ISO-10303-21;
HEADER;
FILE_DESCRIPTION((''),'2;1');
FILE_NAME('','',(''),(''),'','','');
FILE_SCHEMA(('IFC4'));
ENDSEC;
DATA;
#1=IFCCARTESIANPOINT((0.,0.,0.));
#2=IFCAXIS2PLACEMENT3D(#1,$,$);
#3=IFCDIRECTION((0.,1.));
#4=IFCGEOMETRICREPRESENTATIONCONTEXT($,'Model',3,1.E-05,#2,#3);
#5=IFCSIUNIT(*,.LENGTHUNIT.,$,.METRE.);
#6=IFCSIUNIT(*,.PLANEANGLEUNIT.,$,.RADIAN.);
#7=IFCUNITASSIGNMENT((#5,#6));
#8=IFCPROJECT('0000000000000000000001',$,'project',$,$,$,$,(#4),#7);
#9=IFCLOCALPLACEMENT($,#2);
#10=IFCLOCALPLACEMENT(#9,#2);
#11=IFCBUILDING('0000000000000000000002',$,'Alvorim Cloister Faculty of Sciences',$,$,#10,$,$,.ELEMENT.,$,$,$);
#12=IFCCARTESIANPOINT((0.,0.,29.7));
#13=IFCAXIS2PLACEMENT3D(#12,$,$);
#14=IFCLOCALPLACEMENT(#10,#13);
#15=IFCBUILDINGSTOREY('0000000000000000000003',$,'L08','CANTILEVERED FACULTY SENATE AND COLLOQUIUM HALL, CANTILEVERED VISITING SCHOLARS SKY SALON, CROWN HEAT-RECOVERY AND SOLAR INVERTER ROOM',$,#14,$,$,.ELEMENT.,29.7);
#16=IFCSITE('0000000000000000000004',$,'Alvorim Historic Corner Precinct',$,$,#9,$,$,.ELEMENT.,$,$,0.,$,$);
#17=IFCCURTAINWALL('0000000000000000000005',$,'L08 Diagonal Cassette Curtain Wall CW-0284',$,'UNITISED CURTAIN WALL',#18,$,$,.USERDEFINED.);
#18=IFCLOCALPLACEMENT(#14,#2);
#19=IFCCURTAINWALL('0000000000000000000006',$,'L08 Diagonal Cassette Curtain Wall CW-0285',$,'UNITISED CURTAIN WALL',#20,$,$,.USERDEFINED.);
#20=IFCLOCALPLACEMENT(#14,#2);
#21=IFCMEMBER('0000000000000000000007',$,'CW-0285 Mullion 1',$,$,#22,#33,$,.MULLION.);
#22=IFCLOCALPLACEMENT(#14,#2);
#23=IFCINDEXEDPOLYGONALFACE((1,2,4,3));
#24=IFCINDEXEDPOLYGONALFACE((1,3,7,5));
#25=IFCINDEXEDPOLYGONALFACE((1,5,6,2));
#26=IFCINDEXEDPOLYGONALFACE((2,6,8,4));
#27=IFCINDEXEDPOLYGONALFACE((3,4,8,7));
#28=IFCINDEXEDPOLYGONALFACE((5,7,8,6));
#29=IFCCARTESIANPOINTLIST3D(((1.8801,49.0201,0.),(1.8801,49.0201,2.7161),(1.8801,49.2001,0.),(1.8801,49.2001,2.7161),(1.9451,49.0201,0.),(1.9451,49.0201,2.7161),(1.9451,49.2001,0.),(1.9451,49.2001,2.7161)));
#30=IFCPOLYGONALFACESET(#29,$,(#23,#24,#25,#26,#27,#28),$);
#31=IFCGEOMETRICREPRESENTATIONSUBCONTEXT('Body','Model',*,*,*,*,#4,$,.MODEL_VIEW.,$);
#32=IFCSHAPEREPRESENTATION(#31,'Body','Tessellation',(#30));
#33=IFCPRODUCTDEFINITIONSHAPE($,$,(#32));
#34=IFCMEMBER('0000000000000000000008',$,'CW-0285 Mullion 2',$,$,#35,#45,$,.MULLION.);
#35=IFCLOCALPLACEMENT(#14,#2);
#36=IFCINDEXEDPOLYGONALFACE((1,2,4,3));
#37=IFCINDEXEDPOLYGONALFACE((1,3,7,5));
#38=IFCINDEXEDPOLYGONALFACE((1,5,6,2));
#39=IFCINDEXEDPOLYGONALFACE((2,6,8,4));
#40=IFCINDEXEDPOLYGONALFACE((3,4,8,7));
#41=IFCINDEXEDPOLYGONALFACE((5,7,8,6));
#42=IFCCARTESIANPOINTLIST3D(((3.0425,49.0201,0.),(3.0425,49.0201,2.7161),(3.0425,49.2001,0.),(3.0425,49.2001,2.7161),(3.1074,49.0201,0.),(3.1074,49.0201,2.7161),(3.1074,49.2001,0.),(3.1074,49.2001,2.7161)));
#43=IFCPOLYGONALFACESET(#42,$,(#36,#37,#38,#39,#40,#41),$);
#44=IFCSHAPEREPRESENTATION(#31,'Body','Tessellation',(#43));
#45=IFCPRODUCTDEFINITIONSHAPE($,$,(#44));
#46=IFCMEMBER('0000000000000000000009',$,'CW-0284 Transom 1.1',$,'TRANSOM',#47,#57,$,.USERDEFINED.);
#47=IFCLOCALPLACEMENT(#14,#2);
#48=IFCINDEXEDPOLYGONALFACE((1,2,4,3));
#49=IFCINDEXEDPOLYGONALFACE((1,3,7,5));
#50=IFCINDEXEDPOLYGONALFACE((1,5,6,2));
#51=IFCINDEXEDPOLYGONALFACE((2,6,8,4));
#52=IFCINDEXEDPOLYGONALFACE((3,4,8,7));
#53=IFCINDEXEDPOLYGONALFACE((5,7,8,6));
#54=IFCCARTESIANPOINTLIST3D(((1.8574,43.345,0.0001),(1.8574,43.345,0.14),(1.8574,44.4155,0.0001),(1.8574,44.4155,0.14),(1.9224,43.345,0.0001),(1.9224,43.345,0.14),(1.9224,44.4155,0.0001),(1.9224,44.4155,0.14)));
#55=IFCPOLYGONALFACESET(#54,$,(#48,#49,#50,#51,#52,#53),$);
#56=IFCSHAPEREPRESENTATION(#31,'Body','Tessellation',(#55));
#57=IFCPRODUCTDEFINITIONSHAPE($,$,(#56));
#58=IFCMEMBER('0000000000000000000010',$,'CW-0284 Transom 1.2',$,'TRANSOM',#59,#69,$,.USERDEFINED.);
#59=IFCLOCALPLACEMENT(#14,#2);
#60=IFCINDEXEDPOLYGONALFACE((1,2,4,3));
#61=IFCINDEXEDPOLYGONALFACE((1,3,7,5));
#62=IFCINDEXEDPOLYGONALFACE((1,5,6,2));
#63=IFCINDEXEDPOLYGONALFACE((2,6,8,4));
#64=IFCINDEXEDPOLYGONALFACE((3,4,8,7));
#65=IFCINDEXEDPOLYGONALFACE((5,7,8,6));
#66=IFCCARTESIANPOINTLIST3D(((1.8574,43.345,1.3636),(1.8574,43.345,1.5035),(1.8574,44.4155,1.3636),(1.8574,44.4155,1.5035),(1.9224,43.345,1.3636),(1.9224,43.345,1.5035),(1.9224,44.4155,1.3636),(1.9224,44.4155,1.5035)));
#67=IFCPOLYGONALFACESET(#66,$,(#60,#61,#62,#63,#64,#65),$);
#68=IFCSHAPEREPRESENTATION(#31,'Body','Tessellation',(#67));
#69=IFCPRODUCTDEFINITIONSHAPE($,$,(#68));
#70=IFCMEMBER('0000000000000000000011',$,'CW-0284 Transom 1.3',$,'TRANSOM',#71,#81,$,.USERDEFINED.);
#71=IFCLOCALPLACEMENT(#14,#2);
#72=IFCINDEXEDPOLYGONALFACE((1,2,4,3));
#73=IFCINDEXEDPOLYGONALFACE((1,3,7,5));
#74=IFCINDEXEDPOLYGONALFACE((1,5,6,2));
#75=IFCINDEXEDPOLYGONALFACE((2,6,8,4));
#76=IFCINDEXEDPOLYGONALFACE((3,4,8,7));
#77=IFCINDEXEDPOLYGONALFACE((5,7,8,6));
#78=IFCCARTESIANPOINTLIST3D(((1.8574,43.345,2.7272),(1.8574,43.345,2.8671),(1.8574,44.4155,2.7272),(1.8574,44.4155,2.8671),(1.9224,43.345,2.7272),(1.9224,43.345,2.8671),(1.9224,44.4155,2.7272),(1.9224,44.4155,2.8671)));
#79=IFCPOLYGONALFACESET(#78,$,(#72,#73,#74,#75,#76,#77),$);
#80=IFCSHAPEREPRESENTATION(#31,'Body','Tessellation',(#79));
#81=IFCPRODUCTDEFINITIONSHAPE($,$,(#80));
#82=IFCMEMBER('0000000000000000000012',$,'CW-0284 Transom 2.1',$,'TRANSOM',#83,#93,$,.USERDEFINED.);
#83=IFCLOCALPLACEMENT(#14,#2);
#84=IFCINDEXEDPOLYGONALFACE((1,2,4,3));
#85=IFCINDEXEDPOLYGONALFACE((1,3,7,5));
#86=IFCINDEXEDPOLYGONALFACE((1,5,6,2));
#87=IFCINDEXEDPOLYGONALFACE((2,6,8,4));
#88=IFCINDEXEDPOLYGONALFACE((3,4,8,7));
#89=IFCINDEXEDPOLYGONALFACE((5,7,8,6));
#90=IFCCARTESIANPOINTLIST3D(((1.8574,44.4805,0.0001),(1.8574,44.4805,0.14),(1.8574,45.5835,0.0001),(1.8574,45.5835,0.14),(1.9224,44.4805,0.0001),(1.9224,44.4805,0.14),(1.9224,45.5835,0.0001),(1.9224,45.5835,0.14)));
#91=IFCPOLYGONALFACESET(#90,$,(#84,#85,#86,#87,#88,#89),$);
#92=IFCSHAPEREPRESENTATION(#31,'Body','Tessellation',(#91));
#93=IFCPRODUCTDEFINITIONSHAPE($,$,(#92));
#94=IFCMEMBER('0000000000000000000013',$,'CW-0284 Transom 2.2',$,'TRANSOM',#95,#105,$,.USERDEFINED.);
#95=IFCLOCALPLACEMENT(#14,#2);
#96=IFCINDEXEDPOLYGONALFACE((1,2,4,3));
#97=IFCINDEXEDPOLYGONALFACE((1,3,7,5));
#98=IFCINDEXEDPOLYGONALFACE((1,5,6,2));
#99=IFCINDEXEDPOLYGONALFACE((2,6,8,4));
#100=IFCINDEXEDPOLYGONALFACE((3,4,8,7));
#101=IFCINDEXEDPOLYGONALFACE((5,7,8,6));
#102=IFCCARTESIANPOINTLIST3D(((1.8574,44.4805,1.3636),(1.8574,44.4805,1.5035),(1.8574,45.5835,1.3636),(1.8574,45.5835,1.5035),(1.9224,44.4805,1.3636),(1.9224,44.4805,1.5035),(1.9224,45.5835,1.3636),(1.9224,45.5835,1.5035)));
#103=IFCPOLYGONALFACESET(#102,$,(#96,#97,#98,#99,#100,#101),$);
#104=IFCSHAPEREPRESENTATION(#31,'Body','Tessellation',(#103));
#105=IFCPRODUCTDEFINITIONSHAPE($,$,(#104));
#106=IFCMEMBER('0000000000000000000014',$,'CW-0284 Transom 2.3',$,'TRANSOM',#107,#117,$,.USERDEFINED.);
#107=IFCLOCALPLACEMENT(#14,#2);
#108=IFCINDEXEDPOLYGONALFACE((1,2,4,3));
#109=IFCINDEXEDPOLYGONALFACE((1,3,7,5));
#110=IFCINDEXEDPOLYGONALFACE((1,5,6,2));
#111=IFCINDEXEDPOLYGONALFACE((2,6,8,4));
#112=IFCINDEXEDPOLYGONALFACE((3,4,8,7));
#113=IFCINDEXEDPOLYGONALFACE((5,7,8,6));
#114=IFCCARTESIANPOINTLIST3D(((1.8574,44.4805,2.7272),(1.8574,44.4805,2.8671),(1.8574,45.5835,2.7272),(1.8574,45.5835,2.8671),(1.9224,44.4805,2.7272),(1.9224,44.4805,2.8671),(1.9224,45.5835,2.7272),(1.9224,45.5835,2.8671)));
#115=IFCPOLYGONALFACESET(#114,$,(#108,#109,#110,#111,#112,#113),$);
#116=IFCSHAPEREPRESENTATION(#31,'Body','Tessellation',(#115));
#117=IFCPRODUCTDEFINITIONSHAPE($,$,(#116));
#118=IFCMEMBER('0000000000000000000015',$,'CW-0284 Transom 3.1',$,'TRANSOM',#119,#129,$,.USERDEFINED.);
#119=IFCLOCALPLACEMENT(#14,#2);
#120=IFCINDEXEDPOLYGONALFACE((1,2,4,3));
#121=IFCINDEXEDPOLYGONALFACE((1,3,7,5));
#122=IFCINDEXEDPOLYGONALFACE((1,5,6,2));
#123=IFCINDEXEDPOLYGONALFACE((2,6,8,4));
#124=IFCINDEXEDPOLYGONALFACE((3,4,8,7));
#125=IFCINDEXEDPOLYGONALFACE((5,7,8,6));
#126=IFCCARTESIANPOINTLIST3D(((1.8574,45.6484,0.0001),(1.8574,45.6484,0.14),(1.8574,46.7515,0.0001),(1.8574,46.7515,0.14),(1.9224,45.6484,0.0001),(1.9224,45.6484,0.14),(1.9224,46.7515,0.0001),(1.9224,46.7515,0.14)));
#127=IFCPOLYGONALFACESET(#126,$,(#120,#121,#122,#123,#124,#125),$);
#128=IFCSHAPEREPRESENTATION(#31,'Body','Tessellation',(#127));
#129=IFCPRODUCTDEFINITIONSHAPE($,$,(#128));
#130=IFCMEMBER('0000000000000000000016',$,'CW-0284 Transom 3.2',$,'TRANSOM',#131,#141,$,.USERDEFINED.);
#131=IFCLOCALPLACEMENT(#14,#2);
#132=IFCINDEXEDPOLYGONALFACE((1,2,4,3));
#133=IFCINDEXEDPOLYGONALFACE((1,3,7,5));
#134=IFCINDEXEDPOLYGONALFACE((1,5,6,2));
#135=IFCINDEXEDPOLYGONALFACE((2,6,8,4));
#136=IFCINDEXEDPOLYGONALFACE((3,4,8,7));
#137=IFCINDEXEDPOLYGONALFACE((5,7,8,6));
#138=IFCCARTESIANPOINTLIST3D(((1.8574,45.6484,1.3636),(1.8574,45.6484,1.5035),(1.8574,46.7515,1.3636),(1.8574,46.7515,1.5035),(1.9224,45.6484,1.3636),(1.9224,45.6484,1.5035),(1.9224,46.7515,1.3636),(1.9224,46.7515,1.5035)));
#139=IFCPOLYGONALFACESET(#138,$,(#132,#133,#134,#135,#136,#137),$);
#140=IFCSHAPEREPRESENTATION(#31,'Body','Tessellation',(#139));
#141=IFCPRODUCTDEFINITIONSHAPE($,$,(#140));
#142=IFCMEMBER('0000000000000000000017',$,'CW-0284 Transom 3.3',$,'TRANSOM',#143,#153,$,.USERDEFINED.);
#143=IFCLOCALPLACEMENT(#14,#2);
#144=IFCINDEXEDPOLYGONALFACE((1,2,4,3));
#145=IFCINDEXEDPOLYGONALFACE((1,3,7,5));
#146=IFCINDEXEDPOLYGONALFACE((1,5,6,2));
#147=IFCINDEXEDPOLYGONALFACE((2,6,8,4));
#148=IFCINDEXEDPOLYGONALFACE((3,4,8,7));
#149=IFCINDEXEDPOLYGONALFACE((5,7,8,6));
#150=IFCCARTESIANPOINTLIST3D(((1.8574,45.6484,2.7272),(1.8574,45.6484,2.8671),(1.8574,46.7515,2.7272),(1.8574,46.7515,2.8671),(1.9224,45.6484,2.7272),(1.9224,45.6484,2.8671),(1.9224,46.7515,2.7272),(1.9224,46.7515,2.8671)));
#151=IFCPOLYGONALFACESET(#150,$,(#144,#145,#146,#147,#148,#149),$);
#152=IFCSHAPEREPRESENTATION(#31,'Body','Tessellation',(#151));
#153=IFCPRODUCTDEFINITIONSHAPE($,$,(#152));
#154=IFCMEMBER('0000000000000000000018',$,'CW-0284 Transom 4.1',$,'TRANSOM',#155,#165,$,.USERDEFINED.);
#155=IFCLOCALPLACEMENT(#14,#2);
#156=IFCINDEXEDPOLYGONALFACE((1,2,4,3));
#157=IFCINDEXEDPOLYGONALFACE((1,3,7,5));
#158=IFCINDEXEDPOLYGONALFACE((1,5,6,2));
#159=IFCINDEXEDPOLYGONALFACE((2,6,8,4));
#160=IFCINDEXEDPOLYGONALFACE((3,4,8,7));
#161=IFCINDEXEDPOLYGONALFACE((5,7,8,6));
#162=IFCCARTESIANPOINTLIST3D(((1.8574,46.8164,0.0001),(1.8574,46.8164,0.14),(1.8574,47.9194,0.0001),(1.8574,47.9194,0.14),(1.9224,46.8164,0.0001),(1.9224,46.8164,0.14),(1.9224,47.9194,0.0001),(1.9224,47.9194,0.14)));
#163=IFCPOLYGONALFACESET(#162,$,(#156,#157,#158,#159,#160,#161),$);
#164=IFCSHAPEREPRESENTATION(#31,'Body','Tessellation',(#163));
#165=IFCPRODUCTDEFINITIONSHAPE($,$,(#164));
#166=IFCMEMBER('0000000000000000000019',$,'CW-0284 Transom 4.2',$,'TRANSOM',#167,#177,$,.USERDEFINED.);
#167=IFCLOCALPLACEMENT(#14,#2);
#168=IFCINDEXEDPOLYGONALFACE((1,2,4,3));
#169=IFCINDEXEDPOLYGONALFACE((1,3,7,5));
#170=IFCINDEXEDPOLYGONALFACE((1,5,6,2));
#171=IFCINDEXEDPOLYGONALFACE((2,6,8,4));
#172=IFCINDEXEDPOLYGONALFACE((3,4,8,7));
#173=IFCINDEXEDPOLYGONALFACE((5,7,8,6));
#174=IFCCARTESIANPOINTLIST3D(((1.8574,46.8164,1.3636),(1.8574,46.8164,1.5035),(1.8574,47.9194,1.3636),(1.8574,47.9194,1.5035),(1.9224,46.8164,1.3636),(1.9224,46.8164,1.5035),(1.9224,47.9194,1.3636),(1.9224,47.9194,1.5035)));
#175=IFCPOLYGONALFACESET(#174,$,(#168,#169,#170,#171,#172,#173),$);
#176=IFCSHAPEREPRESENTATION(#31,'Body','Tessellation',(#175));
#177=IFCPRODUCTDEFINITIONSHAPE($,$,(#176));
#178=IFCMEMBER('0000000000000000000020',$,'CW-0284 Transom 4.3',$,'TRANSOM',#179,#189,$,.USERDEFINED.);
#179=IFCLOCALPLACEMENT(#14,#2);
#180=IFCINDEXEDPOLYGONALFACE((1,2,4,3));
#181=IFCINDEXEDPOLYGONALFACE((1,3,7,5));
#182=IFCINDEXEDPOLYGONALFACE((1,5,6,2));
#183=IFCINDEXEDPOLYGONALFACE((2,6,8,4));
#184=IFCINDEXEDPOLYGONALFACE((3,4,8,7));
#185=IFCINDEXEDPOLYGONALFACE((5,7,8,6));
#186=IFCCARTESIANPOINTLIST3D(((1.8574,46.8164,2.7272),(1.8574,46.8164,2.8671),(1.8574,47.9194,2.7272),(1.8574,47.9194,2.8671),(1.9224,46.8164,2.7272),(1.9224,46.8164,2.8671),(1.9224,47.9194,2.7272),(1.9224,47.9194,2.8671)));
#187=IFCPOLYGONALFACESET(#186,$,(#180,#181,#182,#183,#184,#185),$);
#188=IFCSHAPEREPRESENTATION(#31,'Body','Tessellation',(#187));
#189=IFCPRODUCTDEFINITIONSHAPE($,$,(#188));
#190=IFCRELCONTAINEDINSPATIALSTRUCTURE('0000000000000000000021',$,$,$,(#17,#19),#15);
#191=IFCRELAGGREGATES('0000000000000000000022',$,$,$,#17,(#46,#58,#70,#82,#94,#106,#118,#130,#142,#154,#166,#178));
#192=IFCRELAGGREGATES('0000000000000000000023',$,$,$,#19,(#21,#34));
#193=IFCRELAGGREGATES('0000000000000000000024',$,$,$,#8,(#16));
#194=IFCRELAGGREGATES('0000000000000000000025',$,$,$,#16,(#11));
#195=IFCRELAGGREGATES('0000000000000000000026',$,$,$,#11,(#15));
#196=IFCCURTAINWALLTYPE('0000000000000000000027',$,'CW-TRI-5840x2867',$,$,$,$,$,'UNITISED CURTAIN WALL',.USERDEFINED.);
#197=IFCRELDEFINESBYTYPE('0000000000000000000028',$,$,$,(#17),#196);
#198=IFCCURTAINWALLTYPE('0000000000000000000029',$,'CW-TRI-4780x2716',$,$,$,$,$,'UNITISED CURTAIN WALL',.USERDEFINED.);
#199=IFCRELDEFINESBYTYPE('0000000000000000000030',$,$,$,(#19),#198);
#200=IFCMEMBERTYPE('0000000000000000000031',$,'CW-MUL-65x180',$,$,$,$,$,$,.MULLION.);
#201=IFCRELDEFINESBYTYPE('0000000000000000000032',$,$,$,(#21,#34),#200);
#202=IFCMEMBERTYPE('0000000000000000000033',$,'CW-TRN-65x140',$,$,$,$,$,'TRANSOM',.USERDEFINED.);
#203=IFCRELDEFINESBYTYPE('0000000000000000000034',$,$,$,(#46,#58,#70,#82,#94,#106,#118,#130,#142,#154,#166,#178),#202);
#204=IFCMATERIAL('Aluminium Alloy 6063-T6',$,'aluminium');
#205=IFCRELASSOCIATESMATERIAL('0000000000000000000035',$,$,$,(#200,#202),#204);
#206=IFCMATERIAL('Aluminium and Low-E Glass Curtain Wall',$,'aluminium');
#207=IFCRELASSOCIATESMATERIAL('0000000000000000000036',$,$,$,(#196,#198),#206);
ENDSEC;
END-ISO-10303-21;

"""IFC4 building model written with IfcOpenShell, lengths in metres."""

from ifc_helpers import new_model, si_unit, direction, frame, origin, origin_2d, place, context, subcontext, project, spatial, rectangle, extrude, material, material_profile, profile_set, type_object, element, aggregate, save


model = new_model("IFC4")

# Units and contexts
model_context = context("Model", 3, precision=1e-05, world=origin(), true_north=direction((0.0, 1.0)))
body_context = subcontext(model_context, "Body", "Model", "MODEL_VIEW")
ifc_project = project(units=[si_unit("LENGTHUNIT", "METRE"), si_unit("PLANEANGLEUNIT", "RADIAN")], contexts=[model_context])

# Site, building, storey
site_placement = place(None, origin())
site = spatial("IfcSite", under=ifc_project, at=site_placement, Name="Alvorim Historic Corner Precinct", CompositionType="ELEMENT", RefElevation=0.0)
building_placement = place(site_placement, origin())
building = spatial("IfcBuilding", under=site, at=building_placement, Name="Alvorim Cloister Faculty of Sciences", CompositionType="ELEMENT")
storey_placement = place(building_placement, frame((0.0, 0.0, 29.7)))
storey = spatial("IfcBuildingStorey", under=building, at=storey_placement, Name="L08", Description="CANTILEVERED FACULTY SENATE AND COLLOQUIUM HALL, CANTILEVERED VISITING SCHOLARS SKY SALON, CROWN HEAT-RECOVERY AND SOLAR INVERTER ROOM", CompositionType="ELEMENT", Elevation=29.7)

# Shared definitions
ifc_material_1 = material(Name="Aluminium and Low-E Glass Curtain Wall", Category="aluminium")
ifc_material_2 = material(Name="Aluminium Alloy 6063-T6", Category="aluminium")
ifc_material_profile_1 = material_profile(ifc_material_2, rectangle(XDim=0.0649, YDim=0.1799, at=origin_2d()), Name="ALU-MUL-65x180")
ifc_profile_set_1 = profile_set([ifc_material_profile_1], Name="Aluminium Alloy 6063-T6")
member_type_1 = type_object("IfcMemberType", Name="CW-MUL-65x180", PredefinedType="MULLION", material=ifc_profile_set_1)

# Curtain walls, members
curtain_wall_type_1 = type_object("IfcCurtainWallType", Name="CW-TRI-5840x2867", ElementType="UNITISED CURTAIN WALL", PredefinedType="USERDEFINED", material=ifc_material_1)
curtain_wall_1_placement = place(storey_placement, origin())
curtain_wall_1 = element("IfcCurtainWall", 1, at=curtain_wall_1_placement, inside=storey, type_object=curtain_wall_type_1, Name="L08 Diagonal Cassette Curtain Wall CW-0284", ObjectType="UNITISED CURTAIN WALL", PredefinedType="USERDEFINED")
curtain_wall_type_2 = type_object("IfcCurtainWallType", Name="CW-TRI-4780x2716", ElementType="UNITISED CURTAIN WALL", PredefinedType="USERDEFINED", material=ifc_material_1)
curtain_wall_2_placement = place(storey_placement, origin())
curtain_wall_2 = element("IfcCurtainWall", 2, at=curtain_wall_2_placement, inside=storey, type_object=curtain_wall_type_2, Name="L08 Diagonal Cassette Curtain Wall CW-0285", ObjectType="UNITISED CURTAIN WALL", PredefinedType="USERDEFINED")
member_1_placement = place(storey_placement, frame((1.9126, 49.1101, 0.0), z_axis=(0.0, 0.0, 1.0), x_axis=(1.0, 0.0, 0.0)))
member_1 = element("IfcMember", 3, at=member_1_placement, type_object=member_type_1, Name="CW-0285 Mullion 1", PredefinedType="MULLION", context=body_context, shape_type="SweptSolid", body=[
    extrude(rectangle(XDim=0.0649, YDim=0.1799, at=origin_2d()), origin(), (0.0, 0.0, 1.0), 2.7161),
])
member_2_placement = place(storey_placement, frame((3.075, 49.1101, 0.0), z_axis=(0.0, 0.0, 1.0), x_axis=(1.0, 0.0, 0.0)))
member_2 = element("IfcMember", 4, at=member_2_placement, type_object=member_type_1, Name="CW-0285 Mullion 2", PredefinedType="MULLION", context=body_context, shape_type="SweptSolid", body=[
    extrude(rectangle(XDim=0.0649, YDim=0.1799, at=origin_2d()), origin(), (0.0, 0.0, 1.0), 2.7161),
])

# Members
ifc_material_profile_2 = material_profile(ifc_material_2, rectangle(XDim=0.0649, YDim=0.1399, at=origin_2d()), Name="ALU-TRN-65x140")
ifc_profile_set_2 = profile_set([ifc_material_profile_2], Name="Aluminium Alloy 6063-T6")
member_type_2 = type_object("IfcMemberType", Name="CW-TRN-65x140", ElementType="TRANSOM", PredefinedType="USERDEFINED", material=ifc_profile_set_2)
member_3_placement = place(storey_placement, frame((1.8899, 43.345, 0.0701), z_axis=(0.0, 1.0, 0.0), x_axis=(-1.0, 0.0, 0.0)))
member_3 = element("IfcMember", 5, at=member_3_placement, type_object=member_type_2, Name="CW-0284 Transom 1.1", ObjectType="TRANSOM", PredefinedType="USERDEFINED", context=body_context, shape_type="SweptSolid", body=[
    extrude(rectangle(XDim=0.0649, YDim=0.1399, at=origin_2d()), origin(), (0.0, 0.0, 1.0), 1.0706),
])
member_4_placement = place(storey_placement, frame((1.8899, 43.345, 1.4336), z_axis=(0.0, 1.0, 0.0), x_axis=(-1.0, 0.0, 0.0)))
member_4 = element("IfcMember", 6, at=member_4_placement, type_object=member_type_2, Name="CW-0284 Transom 1.2", ObjectType="TRANSOM", PredefinedType="USERDEFINED", context=body_context, shape_type="SweptSolid", body=[
    extrude(rectangle(XDim=0.0649, YDim=0.1399, at=origin_2d()), origin(), (0.0, 0.0, 1.0), 1.0706),
])
member_5_placement = place(storey_placement, frame((1.8899, 43.345, 2.7971), z_axis=(0.0, 1.0, 0.0), x_axis=(-1.0, 0.0, 0.0)))
member_5 = element("IfcMember", 7, at=member_5_placement, type_object=member_type_2, Name="CW-0284 Transom 1.3", ObjectType="TRANSOM", PredefinedType="USERDEFINED", context=body_context, shape_type="SweptSolid", body=[
    extrude(rectangle(XDim=0.0649, YDim=0.1399, at=origin_2d()), origin(), (0.0, 0.0, 1.0), 1.0706),
])
member_6_placement = place(storey_placement, frame((1.8899, 44.4805, 0.0701), z_axis=(0.0, 1.0, 0.0), x_axis=(-1.0, 0.0, 0.0)))
member_6 = element("IfcMember", 8, at=member_6_placement, type_object=member_type_2, Name="CW-0284 Transom 2.1", ObjectType="TRANSOM", PredefinedType="USERDEFINED", context=body_context, shape_type="SweptSolid", body=[
    extrude(rectangle(XDim=0.0649, YDim=0.1399, at=origin_2d()), origin(), (0.0, 0.0, 1.0), 1.103),
])
member_7_placement = place(storey_placement, frame((1.8899, 44.4805, 1.4336), z_axis=(0.0, 1.0, 0.0), x_axis=(-1.0, 0.0, 0.0)))
member_7 = element("IfcMember", 9, at=member_7_placement, type_object=member_type_2, Name="CW-0284 Transom 2.2", ObjectType="TRANSOM", PredefinedType="USERDEFINED", context=body_context, shape_type="SweptSolid", body=[
    extrude(rectangle(XDim=0.0649, YDim=0.1399, at=origin_2d()), origin(), (0.0, 0.0, 1.0), 1.103),
])
member_8_placement = place(storey_placement, frame((1.8899, 44.4805, 2.7971), z_axis=(0.0, 1.0, 0.0), x_axis=(-1.0, 0.0, 0.0)))
member_8 = element("IfcMember", 10, at=member_8_placement, type_object=member_type_2, Name="CW-0284 Transom 2.3", ObjectType="TRANSOM", PredefinedType="USERDEFINED", context=body_context, shape_type="SweptSolid", body=[
    extrude(rectangle(XDim=0.0649, YDim=0.1399, at=origin_2d()), origin(), (0.0, 0.0, 1.0), 1.103),
])
member_9_placement = place(storey_placement, frame((1.8899, 45.6484, 0.0701), z_axis=(0.0, 1.0, 0.0), x_axis=(-1.0, 0.0, 0.0)))
member_9 = element("IfcMember", 11, at=member_9_placement, type_object=member_type_2, Name="CW-0284 Transom 3.1", ObjectType="TRANSOM", PredefinedType="USERDEFINED", context=body_context, shape_type="SweptSolid", body=[
    extrude(rectangle(XDim=0.0649, YDim=0.1399, at=origin_2d()), origin(), (0.0, 0.0, 1.0), 1.103),
])
member_10_placement = place(storey_placement, frame((1.8899, 45.6484, 1.4336), z_axis=(0.0, 1.0, 0.0), x_axis=(-1.0, 0.0, 0.0)))
member_10 = element("IfcMember", 12, at=member_10_placement, type_object=member_type_2, Name="CW-0284 Transom 3.2", ObjectType="TRANSOM", PredefinedType="USERDEFINED", context=body_context, shape_type="SweptSolid", body=[
    extrude(rectangle(XDim=0.0649, YDim=0.1399, at=origin_2d()), origin(), (0.0, 0.0, 1.0), 1.103),
])
member_11_placement = place(storey_placement, frame((1.8899, 45.6484, 2.7971), z_axis=(0.0, 1.0, 0.0), x_axis=(-1.0, 0.0, 0.0)))
member_11 = element("IfcMember", 13, at=member_11_placement, type_object=member_type_2, Name="CW-0284 Transom 3.3", ObjectType="TRANSOM", PredefinedType="USERDEFINED", context=body_context, shape_type="SweptSolid", body=[
    extrude(rectangle(XDim=0.0649, YDim=0.1399, at=origin_2d()), origin(), (0.0, 0.0, 1.0), 1.103),
])
member_12_placement = place(storey_placement, frame((1.8899, 46.8164, 0.0701), z_axis=(0.0, 1.0, 0.0), x_axis=(-1.0, 0.0, 0.0)))
member_12 = element("IfcMember", 14, at=member_12_placement, type_object=member_type_2, Name="CW-0284 Transom 4.1", ObjectType="TRANSOM", PredefinedType="USERDEFINED", context=body_context, shape_type="SweptSolid", body=[
    extrude(rectangle(XDim=0.0649, YDim=0.1399, at=origin_2d()), origin(), (0.0, 0.0, 1.0), 1.103),
])
member_13_placement = place(storey_placement, frame((1.8899, 46.8164, 1.4336), z_axis=(0.0, 1.0, 0.0), x_axis=(-1.0, 0.0, 0.0)))
member_13 = element("IfcMember", 15, at=member_13_placement, type_object=member_type_2, Name="CW-0284 Transom 4.2", ObjectType="TRANSOM", PredefinedType="USERDEFINED", context=body_context, shape_type="SweptSolid", body=[
    extrude(rectangle(XDim=0.0649, YDim=0.1399, at=origin_2d()), origin(), (0.0, 0.0, 1.0), 1.103),
])
member_14_placement = place(storey_placement, frame((1.8899, 46.8164, 2.7971), z_axis=(0.0, 1.0, 0.0), x_axis=(-1.0, 0.0, 0.0)))
member_14 = element("IfcMember", 16, at=member_14_placement, type_object=member_type_2, Name="CW-0284 Transom 4.3", ObjectType="TRANSOM", PredefinedType="USERDEFINED", context=body_context, shape_type="SweptSolid", body=[
    extrude(rectangle(XDim=0.0649, YDim=0.1399, at=origin_2d()), origin(), (0.0, 0.0, 1.0), 1.103),
])
aggregate(curtain_wall_1, [member_3, member_4, member_5, member_6, member_7, member_8, member_9, member_10, member_11, member_12, member_13, member_14])
aggregate(curtain_wall_2, [member_1, member_2])

save(model, "model.ifc")
